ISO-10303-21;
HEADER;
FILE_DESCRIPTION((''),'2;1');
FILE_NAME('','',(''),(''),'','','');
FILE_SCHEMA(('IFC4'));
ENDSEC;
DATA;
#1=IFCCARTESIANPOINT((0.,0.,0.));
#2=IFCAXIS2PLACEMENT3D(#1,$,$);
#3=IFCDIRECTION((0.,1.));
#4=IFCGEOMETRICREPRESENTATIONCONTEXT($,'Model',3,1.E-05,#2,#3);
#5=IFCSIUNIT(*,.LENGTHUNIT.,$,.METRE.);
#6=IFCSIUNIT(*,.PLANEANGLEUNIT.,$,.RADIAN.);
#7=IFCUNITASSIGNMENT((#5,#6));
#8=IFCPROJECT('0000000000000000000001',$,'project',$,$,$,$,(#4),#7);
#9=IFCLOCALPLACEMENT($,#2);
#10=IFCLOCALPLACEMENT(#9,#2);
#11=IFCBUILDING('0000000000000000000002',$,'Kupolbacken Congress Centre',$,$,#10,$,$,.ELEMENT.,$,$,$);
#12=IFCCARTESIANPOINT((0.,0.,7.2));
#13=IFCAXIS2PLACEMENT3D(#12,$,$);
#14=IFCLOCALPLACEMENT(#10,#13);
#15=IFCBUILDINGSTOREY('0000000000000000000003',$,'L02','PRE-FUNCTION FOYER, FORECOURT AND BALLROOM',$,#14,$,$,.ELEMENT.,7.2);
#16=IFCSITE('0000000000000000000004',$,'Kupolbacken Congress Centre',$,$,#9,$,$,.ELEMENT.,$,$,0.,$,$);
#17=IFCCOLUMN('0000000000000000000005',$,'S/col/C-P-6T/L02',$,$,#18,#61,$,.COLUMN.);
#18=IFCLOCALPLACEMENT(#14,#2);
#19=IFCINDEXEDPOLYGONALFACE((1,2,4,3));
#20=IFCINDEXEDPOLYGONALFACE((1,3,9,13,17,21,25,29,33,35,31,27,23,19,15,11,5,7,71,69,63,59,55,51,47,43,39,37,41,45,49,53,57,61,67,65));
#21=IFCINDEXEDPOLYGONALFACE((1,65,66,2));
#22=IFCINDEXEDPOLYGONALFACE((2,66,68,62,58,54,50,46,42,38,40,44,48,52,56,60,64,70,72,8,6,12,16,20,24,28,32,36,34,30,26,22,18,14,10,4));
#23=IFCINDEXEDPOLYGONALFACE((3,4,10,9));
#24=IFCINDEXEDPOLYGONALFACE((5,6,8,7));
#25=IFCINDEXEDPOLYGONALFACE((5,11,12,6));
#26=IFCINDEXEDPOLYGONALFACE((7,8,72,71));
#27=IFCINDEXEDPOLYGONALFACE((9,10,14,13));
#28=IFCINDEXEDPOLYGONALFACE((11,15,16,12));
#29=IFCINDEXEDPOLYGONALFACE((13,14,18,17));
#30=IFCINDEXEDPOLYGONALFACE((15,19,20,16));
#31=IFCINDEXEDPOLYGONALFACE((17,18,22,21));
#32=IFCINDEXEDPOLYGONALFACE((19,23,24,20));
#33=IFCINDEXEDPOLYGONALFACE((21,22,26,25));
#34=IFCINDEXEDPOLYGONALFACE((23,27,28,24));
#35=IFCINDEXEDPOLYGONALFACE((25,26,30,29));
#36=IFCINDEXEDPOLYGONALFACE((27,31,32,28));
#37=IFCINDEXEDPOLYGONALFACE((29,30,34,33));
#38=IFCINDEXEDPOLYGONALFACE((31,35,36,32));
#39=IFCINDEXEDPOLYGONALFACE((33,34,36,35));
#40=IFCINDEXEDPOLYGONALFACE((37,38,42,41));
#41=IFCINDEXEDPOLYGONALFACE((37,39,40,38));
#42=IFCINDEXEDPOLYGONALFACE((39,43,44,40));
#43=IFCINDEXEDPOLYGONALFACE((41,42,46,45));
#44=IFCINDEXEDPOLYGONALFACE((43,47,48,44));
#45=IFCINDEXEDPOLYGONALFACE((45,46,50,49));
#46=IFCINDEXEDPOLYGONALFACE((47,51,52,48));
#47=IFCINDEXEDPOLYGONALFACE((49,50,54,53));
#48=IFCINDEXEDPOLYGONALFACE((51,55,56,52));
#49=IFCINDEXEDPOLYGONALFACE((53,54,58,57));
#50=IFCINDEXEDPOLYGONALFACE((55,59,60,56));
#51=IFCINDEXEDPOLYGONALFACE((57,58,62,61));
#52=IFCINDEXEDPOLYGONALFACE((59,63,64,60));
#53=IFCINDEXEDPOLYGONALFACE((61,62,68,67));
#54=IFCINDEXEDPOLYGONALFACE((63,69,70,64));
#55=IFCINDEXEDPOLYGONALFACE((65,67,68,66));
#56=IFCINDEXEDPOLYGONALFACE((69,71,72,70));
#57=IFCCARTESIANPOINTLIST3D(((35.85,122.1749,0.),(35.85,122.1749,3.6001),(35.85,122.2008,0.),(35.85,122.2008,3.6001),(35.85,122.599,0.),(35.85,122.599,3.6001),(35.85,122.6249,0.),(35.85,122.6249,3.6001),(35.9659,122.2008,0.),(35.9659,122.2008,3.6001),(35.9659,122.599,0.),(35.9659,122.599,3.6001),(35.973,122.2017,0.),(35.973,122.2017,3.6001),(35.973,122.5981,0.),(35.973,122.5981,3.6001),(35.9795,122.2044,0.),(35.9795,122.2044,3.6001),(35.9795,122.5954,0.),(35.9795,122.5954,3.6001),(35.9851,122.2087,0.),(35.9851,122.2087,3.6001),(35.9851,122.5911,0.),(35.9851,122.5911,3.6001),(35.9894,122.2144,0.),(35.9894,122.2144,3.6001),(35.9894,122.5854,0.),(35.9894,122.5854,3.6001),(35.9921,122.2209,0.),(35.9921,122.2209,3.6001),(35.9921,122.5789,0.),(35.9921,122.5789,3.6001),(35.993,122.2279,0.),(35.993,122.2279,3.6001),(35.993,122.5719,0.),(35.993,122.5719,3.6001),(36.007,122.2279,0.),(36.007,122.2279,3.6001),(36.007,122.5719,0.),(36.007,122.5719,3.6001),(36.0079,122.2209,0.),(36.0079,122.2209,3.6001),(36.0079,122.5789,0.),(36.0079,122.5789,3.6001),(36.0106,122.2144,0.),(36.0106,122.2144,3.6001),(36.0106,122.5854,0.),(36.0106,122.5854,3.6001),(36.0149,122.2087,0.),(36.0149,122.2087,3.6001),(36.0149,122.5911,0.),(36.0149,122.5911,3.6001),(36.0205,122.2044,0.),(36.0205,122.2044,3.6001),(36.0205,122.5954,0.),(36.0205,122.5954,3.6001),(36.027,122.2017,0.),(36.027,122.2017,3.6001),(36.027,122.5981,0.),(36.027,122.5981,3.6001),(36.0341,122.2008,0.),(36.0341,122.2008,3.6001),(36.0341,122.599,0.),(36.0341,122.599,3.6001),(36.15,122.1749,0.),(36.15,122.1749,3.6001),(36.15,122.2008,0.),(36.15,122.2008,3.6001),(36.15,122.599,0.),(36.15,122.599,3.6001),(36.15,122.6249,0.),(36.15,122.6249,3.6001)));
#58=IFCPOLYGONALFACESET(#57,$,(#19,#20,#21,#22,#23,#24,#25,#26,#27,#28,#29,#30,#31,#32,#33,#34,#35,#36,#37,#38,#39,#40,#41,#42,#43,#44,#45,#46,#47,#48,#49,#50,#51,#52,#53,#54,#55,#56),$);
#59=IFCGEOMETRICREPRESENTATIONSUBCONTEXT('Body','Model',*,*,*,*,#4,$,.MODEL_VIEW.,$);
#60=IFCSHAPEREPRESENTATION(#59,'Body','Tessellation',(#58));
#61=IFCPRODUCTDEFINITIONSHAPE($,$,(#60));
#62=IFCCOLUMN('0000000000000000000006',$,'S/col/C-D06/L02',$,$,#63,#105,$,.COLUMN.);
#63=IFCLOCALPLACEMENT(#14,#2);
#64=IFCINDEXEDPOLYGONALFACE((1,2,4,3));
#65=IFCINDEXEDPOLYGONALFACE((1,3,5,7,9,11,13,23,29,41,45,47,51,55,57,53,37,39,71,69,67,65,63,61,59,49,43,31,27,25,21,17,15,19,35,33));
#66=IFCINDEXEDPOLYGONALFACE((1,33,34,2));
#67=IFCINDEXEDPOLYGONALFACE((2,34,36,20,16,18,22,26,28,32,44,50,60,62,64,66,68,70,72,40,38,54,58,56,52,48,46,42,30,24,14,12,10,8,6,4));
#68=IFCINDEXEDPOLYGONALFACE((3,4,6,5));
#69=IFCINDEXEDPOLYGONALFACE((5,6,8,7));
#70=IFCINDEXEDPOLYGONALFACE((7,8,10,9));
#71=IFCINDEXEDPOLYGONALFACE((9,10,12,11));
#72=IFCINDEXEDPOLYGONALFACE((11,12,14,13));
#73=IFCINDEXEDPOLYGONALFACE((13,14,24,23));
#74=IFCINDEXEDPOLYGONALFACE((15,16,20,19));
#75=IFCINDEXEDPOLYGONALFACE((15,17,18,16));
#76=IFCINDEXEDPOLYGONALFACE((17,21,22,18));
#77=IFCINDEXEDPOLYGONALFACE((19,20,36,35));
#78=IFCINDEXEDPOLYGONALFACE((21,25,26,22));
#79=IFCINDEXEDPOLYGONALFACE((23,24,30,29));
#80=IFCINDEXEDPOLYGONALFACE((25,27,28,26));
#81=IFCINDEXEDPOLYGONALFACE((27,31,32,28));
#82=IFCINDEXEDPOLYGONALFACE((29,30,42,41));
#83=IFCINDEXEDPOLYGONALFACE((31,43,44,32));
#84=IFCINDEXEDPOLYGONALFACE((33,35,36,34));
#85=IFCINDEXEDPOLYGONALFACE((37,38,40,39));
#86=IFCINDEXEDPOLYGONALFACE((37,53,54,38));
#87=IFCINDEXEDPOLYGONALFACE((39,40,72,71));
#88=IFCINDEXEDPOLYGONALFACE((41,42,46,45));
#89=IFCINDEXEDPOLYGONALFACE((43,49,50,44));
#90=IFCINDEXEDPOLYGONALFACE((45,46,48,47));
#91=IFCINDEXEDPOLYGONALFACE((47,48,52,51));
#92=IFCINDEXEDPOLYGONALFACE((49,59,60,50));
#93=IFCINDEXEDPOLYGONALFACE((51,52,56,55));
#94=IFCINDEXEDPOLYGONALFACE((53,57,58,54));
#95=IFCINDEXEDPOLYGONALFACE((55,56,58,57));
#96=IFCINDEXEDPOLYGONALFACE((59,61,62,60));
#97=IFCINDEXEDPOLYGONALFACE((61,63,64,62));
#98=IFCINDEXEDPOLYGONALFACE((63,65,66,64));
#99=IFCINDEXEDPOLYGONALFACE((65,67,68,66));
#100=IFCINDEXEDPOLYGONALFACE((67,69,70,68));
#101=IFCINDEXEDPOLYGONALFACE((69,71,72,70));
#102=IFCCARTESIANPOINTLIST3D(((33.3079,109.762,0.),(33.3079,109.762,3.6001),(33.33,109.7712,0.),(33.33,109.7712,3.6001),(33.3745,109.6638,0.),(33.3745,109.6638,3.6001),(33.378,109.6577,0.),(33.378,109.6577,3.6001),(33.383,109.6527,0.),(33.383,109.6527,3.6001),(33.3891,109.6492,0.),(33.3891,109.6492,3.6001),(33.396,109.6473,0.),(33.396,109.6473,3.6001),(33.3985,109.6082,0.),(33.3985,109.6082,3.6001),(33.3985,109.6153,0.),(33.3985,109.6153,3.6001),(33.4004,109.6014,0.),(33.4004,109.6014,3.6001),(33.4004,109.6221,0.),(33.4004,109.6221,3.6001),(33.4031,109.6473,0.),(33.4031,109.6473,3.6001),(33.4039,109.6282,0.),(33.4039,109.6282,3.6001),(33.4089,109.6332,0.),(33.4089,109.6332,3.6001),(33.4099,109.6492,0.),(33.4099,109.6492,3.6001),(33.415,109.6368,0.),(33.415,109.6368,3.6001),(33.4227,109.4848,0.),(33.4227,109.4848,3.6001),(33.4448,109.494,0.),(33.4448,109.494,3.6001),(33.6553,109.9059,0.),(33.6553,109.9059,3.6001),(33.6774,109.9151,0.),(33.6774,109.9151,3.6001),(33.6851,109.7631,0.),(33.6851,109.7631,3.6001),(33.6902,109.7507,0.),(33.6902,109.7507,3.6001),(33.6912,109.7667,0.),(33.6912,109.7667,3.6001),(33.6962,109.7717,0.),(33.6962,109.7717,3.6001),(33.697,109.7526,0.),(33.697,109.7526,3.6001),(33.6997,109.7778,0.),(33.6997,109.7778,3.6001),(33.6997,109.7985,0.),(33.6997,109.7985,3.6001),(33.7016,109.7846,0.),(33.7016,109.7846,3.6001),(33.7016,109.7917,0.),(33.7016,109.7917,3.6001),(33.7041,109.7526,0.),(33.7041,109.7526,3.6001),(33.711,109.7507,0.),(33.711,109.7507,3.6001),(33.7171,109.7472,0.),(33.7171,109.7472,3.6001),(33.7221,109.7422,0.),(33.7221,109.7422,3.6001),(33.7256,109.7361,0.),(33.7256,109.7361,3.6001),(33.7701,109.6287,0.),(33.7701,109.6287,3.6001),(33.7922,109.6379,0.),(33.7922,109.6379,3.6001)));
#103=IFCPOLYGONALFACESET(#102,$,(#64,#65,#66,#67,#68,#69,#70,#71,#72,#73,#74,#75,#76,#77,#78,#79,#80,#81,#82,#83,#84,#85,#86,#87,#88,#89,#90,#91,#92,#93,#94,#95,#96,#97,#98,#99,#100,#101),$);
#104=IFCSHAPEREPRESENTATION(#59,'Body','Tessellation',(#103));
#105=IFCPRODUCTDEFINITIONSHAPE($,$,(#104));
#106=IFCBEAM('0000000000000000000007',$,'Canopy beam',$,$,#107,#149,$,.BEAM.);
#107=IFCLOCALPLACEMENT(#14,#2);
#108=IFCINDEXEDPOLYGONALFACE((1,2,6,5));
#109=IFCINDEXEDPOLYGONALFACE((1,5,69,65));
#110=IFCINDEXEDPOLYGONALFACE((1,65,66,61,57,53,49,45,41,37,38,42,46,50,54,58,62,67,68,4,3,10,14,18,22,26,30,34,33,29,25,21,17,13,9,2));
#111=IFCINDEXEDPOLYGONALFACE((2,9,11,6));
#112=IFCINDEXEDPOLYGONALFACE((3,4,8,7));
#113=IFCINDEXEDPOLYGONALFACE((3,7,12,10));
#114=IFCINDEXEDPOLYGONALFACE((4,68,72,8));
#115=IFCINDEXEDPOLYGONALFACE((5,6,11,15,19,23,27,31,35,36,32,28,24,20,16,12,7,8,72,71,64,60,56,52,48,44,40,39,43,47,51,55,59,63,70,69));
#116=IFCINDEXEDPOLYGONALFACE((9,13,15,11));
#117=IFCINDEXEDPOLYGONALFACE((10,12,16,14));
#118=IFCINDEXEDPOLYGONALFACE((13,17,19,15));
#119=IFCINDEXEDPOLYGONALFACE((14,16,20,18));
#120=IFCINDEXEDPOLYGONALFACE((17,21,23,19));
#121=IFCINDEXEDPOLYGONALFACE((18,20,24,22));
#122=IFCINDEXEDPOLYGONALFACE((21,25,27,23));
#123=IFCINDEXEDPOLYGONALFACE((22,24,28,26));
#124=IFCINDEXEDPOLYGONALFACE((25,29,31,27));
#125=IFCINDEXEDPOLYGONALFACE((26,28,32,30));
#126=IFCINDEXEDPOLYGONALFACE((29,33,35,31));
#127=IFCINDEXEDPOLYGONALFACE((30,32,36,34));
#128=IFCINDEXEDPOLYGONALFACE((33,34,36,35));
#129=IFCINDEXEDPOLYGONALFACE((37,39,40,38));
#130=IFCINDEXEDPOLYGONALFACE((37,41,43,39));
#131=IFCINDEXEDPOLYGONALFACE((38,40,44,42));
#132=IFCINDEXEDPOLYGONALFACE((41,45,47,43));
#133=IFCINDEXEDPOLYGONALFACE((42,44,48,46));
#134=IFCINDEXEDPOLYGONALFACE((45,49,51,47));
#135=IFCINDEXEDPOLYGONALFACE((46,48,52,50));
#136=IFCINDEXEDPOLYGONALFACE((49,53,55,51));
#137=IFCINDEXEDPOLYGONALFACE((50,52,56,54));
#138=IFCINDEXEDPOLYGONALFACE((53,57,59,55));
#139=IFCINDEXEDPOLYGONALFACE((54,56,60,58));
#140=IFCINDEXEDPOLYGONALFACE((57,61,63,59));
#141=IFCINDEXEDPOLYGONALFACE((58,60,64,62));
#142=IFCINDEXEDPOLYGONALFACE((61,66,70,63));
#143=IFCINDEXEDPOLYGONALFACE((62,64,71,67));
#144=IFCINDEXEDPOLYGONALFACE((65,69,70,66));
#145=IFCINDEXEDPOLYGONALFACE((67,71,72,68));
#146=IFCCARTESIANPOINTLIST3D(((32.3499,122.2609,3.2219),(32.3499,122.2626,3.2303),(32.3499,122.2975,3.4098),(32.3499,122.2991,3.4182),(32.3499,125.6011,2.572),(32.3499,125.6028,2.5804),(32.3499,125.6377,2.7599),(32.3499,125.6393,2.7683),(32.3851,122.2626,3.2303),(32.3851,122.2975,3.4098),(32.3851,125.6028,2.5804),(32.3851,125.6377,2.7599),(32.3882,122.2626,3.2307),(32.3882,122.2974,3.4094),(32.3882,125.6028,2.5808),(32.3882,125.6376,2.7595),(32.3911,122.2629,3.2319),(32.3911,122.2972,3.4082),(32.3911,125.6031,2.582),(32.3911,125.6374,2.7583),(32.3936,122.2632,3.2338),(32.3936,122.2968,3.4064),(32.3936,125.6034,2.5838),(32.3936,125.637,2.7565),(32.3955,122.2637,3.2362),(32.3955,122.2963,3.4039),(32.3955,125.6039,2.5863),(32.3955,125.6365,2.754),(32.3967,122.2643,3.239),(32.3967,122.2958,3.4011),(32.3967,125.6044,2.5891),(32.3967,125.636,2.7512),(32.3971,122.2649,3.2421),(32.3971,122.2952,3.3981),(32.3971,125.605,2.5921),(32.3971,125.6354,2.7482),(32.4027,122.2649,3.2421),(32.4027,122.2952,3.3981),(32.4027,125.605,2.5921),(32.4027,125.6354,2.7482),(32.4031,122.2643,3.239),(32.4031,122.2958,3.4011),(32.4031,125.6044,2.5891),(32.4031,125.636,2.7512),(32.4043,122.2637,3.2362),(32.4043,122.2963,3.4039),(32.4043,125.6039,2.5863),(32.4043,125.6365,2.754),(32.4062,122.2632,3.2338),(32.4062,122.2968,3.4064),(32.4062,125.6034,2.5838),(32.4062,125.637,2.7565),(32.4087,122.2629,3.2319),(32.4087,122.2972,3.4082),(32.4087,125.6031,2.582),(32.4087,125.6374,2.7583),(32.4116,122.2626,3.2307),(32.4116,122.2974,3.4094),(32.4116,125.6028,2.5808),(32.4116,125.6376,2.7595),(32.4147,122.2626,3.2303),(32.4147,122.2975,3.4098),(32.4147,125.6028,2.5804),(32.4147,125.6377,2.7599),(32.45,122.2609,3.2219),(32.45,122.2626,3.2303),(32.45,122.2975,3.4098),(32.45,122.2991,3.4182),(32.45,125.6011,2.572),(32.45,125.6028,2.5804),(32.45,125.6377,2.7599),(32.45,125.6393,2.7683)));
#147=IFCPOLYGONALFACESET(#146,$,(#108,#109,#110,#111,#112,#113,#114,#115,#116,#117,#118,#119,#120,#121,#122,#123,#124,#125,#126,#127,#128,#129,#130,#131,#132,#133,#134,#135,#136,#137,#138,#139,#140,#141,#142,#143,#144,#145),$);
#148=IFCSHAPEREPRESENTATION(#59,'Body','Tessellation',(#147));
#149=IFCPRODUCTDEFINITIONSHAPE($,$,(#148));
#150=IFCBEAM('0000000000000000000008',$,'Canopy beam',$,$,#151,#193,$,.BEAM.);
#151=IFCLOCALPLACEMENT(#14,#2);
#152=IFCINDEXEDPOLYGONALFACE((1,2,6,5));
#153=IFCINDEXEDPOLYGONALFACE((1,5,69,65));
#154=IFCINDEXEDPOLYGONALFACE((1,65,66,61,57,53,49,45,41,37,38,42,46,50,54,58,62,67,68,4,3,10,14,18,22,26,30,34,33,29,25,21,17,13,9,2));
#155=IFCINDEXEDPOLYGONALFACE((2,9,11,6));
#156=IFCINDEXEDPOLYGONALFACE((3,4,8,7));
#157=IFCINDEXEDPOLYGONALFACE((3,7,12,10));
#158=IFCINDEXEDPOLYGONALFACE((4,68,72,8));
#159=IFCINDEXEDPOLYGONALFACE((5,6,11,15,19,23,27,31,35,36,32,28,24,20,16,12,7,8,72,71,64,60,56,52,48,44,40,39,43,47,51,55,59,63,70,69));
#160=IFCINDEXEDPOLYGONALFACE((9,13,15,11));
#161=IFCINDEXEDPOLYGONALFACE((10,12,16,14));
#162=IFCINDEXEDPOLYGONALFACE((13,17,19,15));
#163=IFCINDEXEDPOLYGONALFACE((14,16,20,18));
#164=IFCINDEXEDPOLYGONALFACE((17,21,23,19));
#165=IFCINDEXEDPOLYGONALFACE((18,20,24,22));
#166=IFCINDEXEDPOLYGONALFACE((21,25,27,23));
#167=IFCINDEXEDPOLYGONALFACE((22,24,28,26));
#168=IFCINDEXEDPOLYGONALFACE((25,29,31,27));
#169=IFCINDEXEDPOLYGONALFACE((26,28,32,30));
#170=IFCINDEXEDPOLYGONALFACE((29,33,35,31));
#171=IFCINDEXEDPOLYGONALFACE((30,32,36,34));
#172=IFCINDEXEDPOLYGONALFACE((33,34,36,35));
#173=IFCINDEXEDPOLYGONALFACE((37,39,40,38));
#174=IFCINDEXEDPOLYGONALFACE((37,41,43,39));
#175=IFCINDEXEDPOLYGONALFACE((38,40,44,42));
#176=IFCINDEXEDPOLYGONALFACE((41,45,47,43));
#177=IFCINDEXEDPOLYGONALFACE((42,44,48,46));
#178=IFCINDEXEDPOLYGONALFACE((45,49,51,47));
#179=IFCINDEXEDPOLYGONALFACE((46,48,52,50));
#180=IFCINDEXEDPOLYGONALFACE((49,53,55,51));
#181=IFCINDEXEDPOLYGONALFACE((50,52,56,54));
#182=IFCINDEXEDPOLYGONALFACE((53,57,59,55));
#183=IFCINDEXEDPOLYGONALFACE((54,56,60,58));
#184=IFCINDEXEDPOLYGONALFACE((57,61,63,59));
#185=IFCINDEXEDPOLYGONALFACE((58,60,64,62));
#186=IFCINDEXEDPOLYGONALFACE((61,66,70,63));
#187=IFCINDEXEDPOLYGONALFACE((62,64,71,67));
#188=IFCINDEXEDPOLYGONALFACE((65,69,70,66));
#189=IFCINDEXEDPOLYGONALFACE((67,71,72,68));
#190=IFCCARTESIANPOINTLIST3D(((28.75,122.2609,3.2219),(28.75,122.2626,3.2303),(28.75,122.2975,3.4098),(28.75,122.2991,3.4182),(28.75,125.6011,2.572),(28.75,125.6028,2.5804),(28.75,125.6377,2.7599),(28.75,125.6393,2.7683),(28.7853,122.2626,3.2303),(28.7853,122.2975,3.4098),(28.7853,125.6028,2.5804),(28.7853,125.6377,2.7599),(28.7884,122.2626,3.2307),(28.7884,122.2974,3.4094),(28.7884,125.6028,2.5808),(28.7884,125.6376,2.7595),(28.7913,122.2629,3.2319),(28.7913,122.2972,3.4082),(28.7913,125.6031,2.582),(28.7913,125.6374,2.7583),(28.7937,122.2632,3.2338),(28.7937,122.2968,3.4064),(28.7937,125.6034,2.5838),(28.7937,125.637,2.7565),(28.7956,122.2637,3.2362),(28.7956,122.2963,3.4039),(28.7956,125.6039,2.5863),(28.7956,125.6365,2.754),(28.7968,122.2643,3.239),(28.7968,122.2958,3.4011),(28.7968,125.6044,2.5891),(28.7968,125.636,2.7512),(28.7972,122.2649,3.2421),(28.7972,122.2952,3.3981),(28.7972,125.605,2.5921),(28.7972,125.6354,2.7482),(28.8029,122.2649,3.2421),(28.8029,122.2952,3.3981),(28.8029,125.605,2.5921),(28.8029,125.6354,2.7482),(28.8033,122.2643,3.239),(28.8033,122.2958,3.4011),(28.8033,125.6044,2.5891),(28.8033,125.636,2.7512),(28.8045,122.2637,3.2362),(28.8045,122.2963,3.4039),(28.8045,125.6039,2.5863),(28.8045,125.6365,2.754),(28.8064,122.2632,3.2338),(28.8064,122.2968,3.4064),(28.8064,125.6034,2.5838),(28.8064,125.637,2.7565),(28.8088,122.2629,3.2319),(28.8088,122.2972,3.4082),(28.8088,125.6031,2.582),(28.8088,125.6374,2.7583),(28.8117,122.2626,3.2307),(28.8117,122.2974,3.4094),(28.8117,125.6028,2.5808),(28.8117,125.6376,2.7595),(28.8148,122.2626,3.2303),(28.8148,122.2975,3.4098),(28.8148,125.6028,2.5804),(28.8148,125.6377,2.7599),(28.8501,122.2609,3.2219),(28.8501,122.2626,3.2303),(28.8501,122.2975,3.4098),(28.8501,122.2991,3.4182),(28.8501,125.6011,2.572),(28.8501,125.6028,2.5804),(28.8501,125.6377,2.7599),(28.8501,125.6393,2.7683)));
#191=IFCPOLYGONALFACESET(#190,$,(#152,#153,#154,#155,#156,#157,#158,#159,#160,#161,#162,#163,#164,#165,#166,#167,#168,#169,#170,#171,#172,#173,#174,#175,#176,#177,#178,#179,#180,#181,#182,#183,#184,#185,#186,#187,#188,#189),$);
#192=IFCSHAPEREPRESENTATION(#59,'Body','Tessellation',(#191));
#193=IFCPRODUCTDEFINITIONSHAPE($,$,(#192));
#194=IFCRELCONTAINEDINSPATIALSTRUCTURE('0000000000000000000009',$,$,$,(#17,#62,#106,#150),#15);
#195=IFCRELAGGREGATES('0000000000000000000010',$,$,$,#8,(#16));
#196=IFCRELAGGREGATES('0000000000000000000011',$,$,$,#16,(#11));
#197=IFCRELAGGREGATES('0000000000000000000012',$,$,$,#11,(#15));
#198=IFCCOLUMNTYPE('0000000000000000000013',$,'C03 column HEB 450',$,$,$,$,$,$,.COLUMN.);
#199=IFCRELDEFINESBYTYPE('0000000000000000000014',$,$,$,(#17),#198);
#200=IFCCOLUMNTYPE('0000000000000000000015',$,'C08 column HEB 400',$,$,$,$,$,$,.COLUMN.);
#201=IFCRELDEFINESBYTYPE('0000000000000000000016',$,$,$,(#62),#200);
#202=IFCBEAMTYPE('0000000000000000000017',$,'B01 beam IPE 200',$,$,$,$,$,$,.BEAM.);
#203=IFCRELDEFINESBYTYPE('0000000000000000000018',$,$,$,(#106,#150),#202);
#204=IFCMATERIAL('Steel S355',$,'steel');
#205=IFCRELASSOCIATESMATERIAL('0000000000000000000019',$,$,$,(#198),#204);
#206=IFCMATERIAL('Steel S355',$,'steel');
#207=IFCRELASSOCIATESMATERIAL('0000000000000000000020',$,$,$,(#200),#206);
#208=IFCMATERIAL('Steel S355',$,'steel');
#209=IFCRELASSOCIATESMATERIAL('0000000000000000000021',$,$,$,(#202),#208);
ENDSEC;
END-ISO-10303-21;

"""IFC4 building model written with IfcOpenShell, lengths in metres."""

from ifc_helpers import new_model, si_unit, direction, frame, origin, origin_2d, place, context, subcontext, project, spatial, i_section, extrude, material, material_profile, profile_set, type_object, element, save


model = new_model("IFC4")

# Units and contexts
model_context = context("Model", 3, precision=1e-05, world=origin(), true_north=direction((0.0, 1.0)))
body_context = subcontext(model_context, "Body", "Model", "MODEL_VIEW")
ifc_project = project(units=[si_unit("LENGTHUNIT", "METRE"), si_unit("PLANEANGLEUNIT", "RADIAN")], contexts=[model_context])

# Site, building, storey
site_placement = place(None, origin())
site = spatial("IfcSite", under=ifc_project, at=site_placement, Name="Kupolbacken Congress Centre", CompositionType="ELEMENT", RefElevation=0.0)
building_placement = place(site_placement, origin())
building = spatial("IfcBuilding", under=site, at=building_placement, Name="Kupolbacken Congress Centre", CompositionType="ELEMENT")
storey_placement = place(building_placement, frame((0.0, 0.0, 7.2)))
storey = spatial("IfcBuildingStorey", under=building, at=storey_placement, Name="L02", Description="PRE-FUNCTION FOYER, FORECOURT AND BALLROOM", CompositionType="ELEMENT", Elevation=7.2)

# Columns
ifc_material_1 = material(Name="Steel S355", Category="steel")
ifc_material_profile_1 = material_profile(ifc_material_1, i_section(OverallWidth=0.3, OverallDepth=0.45, WebThickness=0.0139, FlangeThickness=0.0259, FilletRadius=0.0271, at=origin_2d()), Name="HEB 450")
ifc_profile_set_1 = profile_set([ifc_material_profile_1], Name="Steel S355")
column_type_1 = type_object("IfcColumnType", Name="C03 column HEB 450", PredefinedType="COLUMN", material=ifc_profile_set_1)
column_1_placement = place(storey_placement, frame((36.0, 122.3999, 0.0), z_axis=(0.0, 0.0, 1.0), x_axis=(1.0, 0.0, 0.0)))
element("IfcColumn", 1, at=column_1_placement, inside=storey, type_object=column_type_1, Name="S/col/C-P-6T/L02", PredefinedType="COLUMN", context=body_context, shape_type="SweptSolid", body=[
    extrude(i_section(OverallWidth=0.3, OverallDepth=0.45, WebThickness=0.0139, FlangeThickness=0.0259, FilletRadius=0.0271, at=origin_2d()), origin(), (0.0, 0.0, 1.0), 3.6001),
])
ifc_material_2 = material(Name="Steel S355", Category="steel")
ifc_material_profile_2 = material_profile(ifc_material_2, i_section(OverallWidth=0.3, OverallDepth=0.3999, WebThickness=0.0134, FlangeThickness=0.0239, FilletRadius=0.0271, at=origin_2d()), Name="HEB 400")
ifc_profile_set_2 = profile_set([ifc_material_profile_2], Name="Steel S355")
column_type_2 = type_object("IfcColumnType", Name="C08 column HEB 400", PredefinedType="COLUMN", material=ifc_profile_set_2)
column_2_placement = place(storey_placement, frame((33.55, 109.7, 0.0), z_axis=(0.0, 0.0, 1.0), x_axis=(-0.382644, 0.923896, 0.0)))
element("IfcColumn", 2, at=column_2_placement, inside=storey, type_object=column_type_2, Name="S/col/C-D06/L02", PredefinedType="COLUMN", context=body_context, shape_type="SweptSolid", body=[
    extrude(i_section(OverallWidth=0.3, OverallDepth=0.3999, WebThickness=0.0134, FlangeThickness=0.0239, FilletRadius=0.0271, at=origin_2d()), origin(), (0.0, 0.0, 1.0), 3.6001),
])

# Beams
ifc_material_3 = material(Name="Steel S355", Category="steel")
ifc_material_profile_3 = material_profile(ifc_material_3, i_section(OverallWidth=0.1001, OverallDepth=0.2, WebThickness=0.0056, FlangeThickness=0.0085, FilletRadius=0.012, at=origin_2d()), Name="IPE 200")
ifc_profile_set_3 = profile_set([ifc_material_profile_3], Name="Steel S355")
beam_type_1 = type_object("IfcBeamType", Name="B01 beam IPE 200", PredefinedType="BEAM", material=ifc_profile_set_3)
for number, where, z_axis, x_axis, name in (
    (3, (32.3999, 122.28, 3.3201), (0.0, 0.981591, -0.190994), (-1.0, 0.0, 0.0), "Canopy beam"),
    (4, (28.8, 122.28, 3.3201), (0.0, 0.981591, -0.190994), (-1.0, 0.0, 0.0), "Canopy beam"),
):
    element("IfcBeam", number, at=place(storey_placement, frame(where, z_axis=z_axis, x_axis=x_axis)), inside=storey, type_object=beam_type_1, Name=name, PredefinedType="BEAM", context=body_context, shape_type="SweptSolid", body=[
        extrude(i_section(OverallWidth=0.1001, OverallDepth=0.2, WebThickness=0.0056, FlangeThickness=0.0085, FilletRadius=0.012, at=origin_2d()), origin(), (0.0, 0.0, 1.0), 3.4028),
    ])

save(model, "model.ifc")
